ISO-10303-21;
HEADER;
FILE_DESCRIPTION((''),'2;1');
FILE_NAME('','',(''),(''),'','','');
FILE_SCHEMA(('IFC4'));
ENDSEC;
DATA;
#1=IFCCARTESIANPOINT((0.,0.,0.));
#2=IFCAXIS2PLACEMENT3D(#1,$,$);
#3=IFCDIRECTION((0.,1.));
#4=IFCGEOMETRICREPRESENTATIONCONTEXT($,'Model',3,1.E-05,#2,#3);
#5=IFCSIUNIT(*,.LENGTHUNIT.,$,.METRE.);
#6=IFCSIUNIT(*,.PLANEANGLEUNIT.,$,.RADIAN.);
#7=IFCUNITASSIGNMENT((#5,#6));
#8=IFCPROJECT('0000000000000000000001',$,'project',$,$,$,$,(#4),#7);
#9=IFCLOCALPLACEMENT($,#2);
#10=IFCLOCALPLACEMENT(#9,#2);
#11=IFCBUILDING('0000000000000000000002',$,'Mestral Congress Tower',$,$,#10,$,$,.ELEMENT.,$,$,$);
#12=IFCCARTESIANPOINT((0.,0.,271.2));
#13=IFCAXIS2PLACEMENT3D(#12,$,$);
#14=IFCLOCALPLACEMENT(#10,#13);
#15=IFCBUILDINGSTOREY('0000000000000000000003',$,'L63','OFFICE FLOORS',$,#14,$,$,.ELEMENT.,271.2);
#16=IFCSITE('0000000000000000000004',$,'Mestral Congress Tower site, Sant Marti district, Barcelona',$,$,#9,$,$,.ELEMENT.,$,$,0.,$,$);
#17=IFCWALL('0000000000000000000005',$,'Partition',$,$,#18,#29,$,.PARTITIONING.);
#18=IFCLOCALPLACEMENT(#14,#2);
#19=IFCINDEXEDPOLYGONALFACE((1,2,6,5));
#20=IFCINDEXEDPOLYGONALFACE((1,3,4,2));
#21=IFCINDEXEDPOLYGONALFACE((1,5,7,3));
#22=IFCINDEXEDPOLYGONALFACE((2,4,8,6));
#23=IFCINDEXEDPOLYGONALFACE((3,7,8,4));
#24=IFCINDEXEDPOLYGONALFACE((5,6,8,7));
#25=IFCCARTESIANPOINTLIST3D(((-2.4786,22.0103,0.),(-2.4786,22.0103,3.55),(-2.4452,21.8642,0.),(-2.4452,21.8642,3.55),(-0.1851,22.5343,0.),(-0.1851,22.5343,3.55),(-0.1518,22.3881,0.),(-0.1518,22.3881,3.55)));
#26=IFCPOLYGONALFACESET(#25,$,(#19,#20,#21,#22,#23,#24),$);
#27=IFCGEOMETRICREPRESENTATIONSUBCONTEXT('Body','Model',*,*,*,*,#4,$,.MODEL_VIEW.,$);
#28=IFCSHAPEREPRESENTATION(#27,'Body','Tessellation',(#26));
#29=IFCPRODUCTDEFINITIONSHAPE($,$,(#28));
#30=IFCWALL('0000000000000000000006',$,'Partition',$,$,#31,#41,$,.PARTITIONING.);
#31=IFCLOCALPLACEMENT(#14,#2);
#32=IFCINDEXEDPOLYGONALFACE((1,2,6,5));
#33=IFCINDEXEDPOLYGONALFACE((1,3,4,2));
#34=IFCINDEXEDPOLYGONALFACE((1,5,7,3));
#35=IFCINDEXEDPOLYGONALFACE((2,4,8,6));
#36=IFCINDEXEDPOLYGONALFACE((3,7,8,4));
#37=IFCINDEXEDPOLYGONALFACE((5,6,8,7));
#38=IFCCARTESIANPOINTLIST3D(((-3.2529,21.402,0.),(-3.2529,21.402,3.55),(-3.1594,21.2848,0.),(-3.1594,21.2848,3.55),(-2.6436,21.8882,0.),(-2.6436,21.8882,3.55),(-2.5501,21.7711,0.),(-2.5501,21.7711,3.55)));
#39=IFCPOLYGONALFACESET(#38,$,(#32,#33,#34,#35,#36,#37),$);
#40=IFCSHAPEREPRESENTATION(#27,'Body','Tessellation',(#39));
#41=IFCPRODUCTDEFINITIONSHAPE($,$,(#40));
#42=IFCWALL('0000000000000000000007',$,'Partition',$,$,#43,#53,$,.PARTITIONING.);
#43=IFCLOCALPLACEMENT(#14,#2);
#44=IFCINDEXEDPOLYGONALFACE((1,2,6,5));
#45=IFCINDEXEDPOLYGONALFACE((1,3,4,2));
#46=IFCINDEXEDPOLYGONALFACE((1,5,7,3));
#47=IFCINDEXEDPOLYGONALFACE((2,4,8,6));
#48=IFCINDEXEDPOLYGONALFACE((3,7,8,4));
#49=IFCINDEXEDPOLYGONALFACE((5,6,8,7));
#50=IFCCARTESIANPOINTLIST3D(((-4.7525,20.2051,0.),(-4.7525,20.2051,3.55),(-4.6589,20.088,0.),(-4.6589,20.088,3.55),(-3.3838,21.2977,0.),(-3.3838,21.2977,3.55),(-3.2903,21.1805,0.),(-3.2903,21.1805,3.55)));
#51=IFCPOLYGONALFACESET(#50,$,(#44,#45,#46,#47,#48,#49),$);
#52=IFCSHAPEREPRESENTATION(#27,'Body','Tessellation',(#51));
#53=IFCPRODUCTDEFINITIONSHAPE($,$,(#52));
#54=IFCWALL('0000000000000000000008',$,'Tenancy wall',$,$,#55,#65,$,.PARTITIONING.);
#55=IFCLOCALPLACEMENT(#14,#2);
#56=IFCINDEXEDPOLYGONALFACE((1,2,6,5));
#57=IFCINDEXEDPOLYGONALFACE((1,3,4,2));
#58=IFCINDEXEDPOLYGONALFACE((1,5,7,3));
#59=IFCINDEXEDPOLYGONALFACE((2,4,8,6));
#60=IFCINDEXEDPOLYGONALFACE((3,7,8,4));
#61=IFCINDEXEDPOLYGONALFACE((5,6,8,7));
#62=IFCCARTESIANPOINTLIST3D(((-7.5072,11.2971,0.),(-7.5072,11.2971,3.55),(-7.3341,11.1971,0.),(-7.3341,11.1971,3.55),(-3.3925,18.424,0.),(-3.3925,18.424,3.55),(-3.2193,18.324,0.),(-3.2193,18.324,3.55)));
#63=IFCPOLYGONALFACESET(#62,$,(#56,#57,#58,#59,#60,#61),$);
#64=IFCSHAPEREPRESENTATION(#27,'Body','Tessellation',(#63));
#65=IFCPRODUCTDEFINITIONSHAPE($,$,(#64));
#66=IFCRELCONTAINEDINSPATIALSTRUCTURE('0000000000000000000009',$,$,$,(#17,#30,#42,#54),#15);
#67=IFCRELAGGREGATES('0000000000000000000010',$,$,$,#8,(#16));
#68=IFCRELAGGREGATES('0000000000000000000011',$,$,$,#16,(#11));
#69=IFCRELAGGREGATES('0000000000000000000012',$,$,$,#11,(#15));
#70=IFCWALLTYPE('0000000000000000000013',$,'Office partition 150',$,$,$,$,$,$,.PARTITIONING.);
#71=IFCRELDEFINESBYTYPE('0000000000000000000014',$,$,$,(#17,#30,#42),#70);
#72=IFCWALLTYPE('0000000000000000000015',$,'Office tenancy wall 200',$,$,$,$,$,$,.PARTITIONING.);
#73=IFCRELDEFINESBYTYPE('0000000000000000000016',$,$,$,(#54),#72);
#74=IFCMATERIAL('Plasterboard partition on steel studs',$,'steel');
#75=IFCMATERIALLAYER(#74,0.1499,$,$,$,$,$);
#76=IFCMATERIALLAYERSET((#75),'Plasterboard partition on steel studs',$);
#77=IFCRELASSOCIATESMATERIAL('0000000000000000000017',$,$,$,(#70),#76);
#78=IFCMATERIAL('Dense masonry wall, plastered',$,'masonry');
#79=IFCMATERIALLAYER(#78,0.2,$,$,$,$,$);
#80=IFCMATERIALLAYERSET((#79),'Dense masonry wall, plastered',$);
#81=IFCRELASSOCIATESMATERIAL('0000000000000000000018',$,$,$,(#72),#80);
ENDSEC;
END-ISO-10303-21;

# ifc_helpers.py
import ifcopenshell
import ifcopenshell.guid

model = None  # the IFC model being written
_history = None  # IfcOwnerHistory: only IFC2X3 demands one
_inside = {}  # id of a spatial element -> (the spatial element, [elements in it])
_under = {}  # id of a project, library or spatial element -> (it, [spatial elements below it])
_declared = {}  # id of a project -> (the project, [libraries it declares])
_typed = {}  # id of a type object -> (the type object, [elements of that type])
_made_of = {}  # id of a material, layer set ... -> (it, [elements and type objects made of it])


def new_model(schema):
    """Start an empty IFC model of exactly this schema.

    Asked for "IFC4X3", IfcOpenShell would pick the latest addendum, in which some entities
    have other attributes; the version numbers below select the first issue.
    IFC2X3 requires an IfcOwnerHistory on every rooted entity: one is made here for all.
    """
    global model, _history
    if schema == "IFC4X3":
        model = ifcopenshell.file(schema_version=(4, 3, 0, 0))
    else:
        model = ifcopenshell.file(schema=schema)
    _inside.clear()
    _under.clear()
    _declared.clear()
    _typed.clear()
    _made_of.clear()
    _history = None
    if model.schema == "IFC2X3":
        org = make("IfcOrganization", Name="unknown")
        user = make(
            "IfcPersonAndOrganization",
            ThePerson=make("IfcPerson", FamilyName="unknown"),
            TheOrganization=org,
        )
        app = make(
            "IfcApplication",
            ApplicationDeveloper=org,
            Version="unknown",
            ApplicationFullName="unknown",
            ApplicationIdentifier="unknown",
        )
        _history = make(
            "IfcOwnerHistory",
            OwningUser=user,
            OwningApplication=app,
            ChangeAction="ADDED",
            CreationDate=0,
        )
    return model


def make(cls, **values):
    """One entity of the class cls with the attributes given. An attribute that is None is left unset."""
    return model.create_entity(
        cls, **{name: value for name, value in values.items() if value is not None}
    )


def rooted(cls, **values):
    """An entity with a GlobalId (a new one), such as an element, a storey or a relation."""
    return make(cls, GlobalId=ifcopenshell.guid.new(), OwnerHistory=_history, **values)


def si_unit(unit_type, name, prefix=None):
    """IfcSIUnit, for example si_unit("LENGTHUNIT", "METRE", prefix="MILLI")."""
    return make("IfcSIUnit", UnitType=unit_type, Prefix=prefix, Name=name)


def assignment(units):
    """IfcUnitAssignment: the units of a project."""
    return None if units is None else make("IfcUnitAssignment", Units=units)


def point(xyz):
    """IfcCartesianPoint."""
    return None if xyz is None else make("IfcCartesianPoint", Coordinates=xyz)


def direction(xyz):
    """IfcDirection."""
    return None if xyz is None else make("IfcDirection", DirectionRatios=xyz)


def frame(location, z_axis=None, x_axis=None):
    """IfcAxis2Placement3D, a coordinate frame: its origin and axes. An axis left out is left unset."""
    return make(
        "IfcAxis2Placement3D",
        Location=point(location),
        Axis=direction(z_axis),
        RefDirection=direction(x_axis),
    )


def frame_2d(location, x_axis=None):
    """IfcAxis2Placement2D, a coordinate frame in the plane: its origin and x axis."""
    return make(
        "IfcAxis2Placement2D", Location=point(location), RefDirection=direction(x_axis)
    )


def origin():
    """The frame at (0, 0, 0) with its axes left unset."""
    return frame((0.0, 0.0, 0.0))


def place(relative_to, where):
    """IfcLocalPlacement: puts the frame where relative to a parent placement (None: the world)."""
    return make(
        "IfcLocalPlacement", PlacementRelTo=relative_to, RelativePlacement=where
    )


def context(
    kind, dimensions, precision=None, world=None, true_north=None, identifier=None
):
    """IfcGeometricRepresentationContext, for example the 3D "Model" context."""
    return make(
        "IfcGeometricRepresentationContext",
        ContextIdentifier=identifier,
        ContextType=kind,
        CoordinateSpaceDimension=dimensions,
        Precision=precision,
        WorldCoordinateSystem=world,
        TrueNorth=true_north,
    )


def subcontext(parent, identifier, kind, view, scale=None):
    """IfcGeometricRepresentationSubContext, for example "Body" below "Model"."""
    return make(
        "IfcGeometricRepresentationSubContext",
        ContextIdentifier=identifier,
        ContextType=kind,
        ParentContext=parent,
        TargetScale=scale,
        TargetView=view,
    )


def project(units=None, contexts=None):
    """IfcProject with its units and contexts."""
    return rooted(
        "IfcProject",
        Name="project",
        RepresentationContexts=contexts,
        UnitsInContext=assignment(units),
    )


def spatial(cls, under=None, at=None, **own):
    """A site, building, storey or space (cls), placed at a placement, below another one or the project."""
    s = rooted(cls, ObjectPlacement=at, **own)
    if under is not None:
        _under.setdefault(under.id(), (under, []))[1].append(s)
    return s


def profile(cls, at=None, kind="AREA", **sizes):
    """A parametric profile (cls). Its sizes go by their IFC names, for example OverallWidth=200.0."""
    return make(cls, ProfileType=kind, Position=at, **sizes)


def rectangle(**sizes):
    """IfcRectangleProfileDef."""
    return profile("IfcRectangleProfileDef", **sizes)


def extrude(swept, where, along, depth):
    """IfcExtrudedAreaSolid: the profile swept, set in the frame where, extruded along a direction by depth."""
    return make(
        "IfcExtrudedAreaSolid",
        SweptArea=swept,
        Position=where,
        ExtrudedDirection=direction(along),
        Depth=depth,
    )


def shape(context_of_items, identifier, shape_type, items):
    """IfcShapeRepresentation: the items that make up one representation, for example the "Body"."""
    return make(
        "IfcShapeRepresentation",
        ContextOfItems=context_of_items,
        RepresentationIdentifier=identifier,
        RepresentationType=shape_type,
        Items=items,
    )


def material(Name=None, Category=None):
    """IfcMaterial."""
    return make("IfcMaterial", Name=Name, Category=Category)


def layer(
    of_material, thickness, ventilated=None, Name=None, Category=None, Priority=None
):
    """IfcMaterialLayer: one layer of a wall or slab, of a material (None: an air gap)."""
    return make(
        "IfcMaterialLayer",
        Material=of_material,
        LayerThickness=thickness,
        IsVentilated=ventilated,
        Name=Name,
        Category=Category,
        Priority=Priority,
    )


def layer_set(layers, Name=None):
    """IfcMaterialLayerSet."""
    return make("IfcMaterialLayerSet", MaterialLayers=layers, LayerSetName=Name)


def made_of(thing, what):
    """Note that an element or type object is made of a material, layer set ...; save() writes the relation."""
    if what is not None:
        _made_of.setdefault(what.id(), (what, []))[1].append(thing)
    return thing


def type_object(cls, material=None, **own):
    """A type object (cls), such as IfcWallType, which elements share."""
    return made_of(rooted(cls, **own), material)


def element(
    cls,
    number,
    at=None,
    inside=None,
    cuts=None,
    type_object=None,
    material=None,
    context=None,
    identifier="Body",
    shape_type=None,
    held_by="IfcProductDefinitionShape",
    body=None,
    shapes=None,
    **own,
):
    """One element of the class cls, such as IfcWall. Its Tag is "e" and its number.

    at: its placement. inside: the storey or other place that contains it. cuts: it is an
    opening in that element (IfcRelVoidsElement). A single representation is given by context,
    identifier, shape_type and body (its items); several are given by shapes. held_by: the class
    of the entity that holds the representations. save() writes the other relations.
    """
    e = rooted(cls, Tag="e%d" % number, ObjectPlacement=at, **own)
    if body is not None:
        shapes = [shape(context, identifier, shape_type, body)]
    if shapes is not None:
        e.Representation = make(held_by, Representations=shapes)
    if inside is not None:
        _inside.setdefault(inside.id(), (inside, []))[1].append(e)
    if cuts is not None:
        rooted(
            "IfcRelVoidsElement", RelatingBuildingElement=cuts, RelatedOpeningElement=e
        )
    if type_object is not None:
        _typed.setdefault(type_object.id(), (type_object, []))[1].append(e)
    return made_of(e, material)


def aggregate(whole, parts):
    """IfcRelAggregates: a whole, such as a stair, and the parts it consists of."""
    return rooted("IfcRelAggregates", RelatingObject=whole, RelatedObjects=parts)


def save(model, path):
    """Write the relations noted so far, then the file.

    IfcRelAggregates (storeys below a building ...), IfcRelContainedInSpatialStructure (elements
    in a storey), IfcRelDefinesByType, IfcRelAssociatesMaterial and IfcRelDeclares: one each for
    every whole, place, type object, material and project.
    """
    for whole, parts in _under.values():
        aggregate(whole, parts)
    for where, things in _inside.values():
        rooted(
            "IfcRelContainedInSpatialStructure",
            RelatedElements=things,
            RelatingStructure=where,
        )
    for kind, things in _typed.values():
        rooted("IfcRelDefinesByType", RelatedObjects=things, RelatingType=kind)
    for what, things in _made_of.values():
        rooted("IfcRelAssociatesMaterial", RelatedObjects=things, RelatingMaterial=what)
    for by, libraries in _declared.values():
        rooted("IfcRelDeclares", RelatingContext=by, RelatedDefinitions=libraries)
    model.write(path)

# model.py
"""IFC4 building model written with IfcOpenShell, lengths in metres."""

from ifc_helpers import new_model, si_unit, direction, frame, frame_2d, origin, place, context, subcontext, project, spatial, rectangle, extrude, material, layer, layer_set, type_object, element, save


model = new_model("IFC4")

# Units and contexts
model_context = context("Model", 3, precision=1e-05, world=origin(), true_north=direction((0.0, 1.0)))
body_context = subcontext(model_context, "Body", "Model", "MODEL_VIEW")
ifc_project = project(units=[si_unit("LENGTHUNIT", "METRE"), si_unit("PLANEANGLEUNIT", "RADIAN")], contexts=[model_context])

# Site, building, storey
site_placement = place(None, origin())
site = spatial("IfcSite", under=ifc_project, at=site_placement, Name="Mestral Congress Tower site, Sant Marti district, Barcelona", CompositionType="ELEMENT", RefElevation=0.0)
building_placement = place(site_placement, origin())
building = spatial("IfcBuilding", under=site, at=building_placement, Name="Mestral Congress Tower", CompositionType="ELEMENT")
storey_placement = place(building_placement, frame((0.0, 0.0, 271.2)))
storey = spatial("IfcBuildingStorey", under=building, at=storey_placement, Name="L63", Description="OFFICE FLOORS", CompositionType="ELEMENT", Elevation=271.2)

# Walls
ifc_material_1 = material(Name="Plasterboard partition on steel studs", Category="steel")
ifc_layer_1 = layer(ifc_material_1, 0.1499)
ifc_layer_set_1 = layer_set([ifc_layer_1], Name="Plasterboard partition on steel studs")
wall_type_1 = type_object("IfcWallType", Name="Office partition 150", PredefinedType="PARTITIONING", material=ifc_layer_set_1)
wall_1_placement = place(storey_placement, frame((-0.1685, 22.4612, 0.0), z_axis=(0.0, 0.0, 1.0), x_axis=(-0.974886, -0.222706, 0.0)))
element("IfcWall", 1, at=wall_1_placement, inside=storey, type_object=wall_type_1, Name="Partition", PredefinedType="PARTITIONING", context=body_context, shape_type="SweptSolid", body=[
    extrude(rectangle(XDim=2.3525, YDim=0.1499, at=frame_2d((1.1763, 0.0))), origin(), (0.0, 0.0, 1.0), 3.55),
])
wall_2_placement = place(storey_placement, frame((-2.5969, 21.8296, 0.0), z_axis=(0.0, 0.0, 1.0), x_axis=(-0.781601, -0.623778, 0.0)))
element("IfcWall", 2, at=wall_2_placement, inside=storey, type_object=wall_type_1, Name="Partition", PredefinedType="PARTITIONING", context=body_context, shape_type="SweptSolid", body=[
    extrude(rectangle(XDim=0.7795, YDim=0.1499, at=frame_2d((0.3896, 0.0))), origin(), (0.0, 0.0, 1.0), 3.55),
])
wall_3_placement = place(storey_placement, frame((-3.3372, 21.239, 0.0), z_axis=(0.0, 0.0, 1.0), x_axis=(-0.781535, -0.623862, 0.0)))
element("IfcWall", 3, at=wall_3_placement, inside=storey, type_object=wall_type_1, Name="Partition", PredefinedType="PARTITIONING", context=body_context, shape_type="SweptSolid", body=[
    extrude(rectangle(XDim=1.7512, YDim=0.1499, at=frame_2d((0.8755, 0.0))), origin(), (0.0, 0.0, 1.0), 3.55),
])
ifc_material_2 = material(Name="Dense masonry wall, plastered", Category="masonry")
ifc_layer_2 = layer(ifc_material_2, 0.2)
ifc_layer_set_2 = layer_set([ifc_layer_2], Name="Dense masonry wall, plastered")
wall_type_2 = type_object("IfcWallType", Name="Office tenancy wall 200", PredefinedType="PARTITIONING", material=ifc_layer_set_2)
wall_4_placement = place(storey_placement, frame((-3.3059, 18.374, 0.0), z_axis=(0.0, 0.0, 1.0), x_axis=(-0.5, -0.866026, 0.0)))
element("IfcWall", 4, at=wall_4_placement, inside=storey, type_object=wall_type_2, Name="Tenancy wall", PredefinedType="PARTITIONING", context=body_context, shape_type="SweptSolid", body=[
    extrude(rectangle(XDim=8.2295, YDim=0.2, at=frame_2d((4.1147, 0.0))), origin(), (0.0, 0.0, 1.0), 3.55),
])

save(model, "model.ifc")
